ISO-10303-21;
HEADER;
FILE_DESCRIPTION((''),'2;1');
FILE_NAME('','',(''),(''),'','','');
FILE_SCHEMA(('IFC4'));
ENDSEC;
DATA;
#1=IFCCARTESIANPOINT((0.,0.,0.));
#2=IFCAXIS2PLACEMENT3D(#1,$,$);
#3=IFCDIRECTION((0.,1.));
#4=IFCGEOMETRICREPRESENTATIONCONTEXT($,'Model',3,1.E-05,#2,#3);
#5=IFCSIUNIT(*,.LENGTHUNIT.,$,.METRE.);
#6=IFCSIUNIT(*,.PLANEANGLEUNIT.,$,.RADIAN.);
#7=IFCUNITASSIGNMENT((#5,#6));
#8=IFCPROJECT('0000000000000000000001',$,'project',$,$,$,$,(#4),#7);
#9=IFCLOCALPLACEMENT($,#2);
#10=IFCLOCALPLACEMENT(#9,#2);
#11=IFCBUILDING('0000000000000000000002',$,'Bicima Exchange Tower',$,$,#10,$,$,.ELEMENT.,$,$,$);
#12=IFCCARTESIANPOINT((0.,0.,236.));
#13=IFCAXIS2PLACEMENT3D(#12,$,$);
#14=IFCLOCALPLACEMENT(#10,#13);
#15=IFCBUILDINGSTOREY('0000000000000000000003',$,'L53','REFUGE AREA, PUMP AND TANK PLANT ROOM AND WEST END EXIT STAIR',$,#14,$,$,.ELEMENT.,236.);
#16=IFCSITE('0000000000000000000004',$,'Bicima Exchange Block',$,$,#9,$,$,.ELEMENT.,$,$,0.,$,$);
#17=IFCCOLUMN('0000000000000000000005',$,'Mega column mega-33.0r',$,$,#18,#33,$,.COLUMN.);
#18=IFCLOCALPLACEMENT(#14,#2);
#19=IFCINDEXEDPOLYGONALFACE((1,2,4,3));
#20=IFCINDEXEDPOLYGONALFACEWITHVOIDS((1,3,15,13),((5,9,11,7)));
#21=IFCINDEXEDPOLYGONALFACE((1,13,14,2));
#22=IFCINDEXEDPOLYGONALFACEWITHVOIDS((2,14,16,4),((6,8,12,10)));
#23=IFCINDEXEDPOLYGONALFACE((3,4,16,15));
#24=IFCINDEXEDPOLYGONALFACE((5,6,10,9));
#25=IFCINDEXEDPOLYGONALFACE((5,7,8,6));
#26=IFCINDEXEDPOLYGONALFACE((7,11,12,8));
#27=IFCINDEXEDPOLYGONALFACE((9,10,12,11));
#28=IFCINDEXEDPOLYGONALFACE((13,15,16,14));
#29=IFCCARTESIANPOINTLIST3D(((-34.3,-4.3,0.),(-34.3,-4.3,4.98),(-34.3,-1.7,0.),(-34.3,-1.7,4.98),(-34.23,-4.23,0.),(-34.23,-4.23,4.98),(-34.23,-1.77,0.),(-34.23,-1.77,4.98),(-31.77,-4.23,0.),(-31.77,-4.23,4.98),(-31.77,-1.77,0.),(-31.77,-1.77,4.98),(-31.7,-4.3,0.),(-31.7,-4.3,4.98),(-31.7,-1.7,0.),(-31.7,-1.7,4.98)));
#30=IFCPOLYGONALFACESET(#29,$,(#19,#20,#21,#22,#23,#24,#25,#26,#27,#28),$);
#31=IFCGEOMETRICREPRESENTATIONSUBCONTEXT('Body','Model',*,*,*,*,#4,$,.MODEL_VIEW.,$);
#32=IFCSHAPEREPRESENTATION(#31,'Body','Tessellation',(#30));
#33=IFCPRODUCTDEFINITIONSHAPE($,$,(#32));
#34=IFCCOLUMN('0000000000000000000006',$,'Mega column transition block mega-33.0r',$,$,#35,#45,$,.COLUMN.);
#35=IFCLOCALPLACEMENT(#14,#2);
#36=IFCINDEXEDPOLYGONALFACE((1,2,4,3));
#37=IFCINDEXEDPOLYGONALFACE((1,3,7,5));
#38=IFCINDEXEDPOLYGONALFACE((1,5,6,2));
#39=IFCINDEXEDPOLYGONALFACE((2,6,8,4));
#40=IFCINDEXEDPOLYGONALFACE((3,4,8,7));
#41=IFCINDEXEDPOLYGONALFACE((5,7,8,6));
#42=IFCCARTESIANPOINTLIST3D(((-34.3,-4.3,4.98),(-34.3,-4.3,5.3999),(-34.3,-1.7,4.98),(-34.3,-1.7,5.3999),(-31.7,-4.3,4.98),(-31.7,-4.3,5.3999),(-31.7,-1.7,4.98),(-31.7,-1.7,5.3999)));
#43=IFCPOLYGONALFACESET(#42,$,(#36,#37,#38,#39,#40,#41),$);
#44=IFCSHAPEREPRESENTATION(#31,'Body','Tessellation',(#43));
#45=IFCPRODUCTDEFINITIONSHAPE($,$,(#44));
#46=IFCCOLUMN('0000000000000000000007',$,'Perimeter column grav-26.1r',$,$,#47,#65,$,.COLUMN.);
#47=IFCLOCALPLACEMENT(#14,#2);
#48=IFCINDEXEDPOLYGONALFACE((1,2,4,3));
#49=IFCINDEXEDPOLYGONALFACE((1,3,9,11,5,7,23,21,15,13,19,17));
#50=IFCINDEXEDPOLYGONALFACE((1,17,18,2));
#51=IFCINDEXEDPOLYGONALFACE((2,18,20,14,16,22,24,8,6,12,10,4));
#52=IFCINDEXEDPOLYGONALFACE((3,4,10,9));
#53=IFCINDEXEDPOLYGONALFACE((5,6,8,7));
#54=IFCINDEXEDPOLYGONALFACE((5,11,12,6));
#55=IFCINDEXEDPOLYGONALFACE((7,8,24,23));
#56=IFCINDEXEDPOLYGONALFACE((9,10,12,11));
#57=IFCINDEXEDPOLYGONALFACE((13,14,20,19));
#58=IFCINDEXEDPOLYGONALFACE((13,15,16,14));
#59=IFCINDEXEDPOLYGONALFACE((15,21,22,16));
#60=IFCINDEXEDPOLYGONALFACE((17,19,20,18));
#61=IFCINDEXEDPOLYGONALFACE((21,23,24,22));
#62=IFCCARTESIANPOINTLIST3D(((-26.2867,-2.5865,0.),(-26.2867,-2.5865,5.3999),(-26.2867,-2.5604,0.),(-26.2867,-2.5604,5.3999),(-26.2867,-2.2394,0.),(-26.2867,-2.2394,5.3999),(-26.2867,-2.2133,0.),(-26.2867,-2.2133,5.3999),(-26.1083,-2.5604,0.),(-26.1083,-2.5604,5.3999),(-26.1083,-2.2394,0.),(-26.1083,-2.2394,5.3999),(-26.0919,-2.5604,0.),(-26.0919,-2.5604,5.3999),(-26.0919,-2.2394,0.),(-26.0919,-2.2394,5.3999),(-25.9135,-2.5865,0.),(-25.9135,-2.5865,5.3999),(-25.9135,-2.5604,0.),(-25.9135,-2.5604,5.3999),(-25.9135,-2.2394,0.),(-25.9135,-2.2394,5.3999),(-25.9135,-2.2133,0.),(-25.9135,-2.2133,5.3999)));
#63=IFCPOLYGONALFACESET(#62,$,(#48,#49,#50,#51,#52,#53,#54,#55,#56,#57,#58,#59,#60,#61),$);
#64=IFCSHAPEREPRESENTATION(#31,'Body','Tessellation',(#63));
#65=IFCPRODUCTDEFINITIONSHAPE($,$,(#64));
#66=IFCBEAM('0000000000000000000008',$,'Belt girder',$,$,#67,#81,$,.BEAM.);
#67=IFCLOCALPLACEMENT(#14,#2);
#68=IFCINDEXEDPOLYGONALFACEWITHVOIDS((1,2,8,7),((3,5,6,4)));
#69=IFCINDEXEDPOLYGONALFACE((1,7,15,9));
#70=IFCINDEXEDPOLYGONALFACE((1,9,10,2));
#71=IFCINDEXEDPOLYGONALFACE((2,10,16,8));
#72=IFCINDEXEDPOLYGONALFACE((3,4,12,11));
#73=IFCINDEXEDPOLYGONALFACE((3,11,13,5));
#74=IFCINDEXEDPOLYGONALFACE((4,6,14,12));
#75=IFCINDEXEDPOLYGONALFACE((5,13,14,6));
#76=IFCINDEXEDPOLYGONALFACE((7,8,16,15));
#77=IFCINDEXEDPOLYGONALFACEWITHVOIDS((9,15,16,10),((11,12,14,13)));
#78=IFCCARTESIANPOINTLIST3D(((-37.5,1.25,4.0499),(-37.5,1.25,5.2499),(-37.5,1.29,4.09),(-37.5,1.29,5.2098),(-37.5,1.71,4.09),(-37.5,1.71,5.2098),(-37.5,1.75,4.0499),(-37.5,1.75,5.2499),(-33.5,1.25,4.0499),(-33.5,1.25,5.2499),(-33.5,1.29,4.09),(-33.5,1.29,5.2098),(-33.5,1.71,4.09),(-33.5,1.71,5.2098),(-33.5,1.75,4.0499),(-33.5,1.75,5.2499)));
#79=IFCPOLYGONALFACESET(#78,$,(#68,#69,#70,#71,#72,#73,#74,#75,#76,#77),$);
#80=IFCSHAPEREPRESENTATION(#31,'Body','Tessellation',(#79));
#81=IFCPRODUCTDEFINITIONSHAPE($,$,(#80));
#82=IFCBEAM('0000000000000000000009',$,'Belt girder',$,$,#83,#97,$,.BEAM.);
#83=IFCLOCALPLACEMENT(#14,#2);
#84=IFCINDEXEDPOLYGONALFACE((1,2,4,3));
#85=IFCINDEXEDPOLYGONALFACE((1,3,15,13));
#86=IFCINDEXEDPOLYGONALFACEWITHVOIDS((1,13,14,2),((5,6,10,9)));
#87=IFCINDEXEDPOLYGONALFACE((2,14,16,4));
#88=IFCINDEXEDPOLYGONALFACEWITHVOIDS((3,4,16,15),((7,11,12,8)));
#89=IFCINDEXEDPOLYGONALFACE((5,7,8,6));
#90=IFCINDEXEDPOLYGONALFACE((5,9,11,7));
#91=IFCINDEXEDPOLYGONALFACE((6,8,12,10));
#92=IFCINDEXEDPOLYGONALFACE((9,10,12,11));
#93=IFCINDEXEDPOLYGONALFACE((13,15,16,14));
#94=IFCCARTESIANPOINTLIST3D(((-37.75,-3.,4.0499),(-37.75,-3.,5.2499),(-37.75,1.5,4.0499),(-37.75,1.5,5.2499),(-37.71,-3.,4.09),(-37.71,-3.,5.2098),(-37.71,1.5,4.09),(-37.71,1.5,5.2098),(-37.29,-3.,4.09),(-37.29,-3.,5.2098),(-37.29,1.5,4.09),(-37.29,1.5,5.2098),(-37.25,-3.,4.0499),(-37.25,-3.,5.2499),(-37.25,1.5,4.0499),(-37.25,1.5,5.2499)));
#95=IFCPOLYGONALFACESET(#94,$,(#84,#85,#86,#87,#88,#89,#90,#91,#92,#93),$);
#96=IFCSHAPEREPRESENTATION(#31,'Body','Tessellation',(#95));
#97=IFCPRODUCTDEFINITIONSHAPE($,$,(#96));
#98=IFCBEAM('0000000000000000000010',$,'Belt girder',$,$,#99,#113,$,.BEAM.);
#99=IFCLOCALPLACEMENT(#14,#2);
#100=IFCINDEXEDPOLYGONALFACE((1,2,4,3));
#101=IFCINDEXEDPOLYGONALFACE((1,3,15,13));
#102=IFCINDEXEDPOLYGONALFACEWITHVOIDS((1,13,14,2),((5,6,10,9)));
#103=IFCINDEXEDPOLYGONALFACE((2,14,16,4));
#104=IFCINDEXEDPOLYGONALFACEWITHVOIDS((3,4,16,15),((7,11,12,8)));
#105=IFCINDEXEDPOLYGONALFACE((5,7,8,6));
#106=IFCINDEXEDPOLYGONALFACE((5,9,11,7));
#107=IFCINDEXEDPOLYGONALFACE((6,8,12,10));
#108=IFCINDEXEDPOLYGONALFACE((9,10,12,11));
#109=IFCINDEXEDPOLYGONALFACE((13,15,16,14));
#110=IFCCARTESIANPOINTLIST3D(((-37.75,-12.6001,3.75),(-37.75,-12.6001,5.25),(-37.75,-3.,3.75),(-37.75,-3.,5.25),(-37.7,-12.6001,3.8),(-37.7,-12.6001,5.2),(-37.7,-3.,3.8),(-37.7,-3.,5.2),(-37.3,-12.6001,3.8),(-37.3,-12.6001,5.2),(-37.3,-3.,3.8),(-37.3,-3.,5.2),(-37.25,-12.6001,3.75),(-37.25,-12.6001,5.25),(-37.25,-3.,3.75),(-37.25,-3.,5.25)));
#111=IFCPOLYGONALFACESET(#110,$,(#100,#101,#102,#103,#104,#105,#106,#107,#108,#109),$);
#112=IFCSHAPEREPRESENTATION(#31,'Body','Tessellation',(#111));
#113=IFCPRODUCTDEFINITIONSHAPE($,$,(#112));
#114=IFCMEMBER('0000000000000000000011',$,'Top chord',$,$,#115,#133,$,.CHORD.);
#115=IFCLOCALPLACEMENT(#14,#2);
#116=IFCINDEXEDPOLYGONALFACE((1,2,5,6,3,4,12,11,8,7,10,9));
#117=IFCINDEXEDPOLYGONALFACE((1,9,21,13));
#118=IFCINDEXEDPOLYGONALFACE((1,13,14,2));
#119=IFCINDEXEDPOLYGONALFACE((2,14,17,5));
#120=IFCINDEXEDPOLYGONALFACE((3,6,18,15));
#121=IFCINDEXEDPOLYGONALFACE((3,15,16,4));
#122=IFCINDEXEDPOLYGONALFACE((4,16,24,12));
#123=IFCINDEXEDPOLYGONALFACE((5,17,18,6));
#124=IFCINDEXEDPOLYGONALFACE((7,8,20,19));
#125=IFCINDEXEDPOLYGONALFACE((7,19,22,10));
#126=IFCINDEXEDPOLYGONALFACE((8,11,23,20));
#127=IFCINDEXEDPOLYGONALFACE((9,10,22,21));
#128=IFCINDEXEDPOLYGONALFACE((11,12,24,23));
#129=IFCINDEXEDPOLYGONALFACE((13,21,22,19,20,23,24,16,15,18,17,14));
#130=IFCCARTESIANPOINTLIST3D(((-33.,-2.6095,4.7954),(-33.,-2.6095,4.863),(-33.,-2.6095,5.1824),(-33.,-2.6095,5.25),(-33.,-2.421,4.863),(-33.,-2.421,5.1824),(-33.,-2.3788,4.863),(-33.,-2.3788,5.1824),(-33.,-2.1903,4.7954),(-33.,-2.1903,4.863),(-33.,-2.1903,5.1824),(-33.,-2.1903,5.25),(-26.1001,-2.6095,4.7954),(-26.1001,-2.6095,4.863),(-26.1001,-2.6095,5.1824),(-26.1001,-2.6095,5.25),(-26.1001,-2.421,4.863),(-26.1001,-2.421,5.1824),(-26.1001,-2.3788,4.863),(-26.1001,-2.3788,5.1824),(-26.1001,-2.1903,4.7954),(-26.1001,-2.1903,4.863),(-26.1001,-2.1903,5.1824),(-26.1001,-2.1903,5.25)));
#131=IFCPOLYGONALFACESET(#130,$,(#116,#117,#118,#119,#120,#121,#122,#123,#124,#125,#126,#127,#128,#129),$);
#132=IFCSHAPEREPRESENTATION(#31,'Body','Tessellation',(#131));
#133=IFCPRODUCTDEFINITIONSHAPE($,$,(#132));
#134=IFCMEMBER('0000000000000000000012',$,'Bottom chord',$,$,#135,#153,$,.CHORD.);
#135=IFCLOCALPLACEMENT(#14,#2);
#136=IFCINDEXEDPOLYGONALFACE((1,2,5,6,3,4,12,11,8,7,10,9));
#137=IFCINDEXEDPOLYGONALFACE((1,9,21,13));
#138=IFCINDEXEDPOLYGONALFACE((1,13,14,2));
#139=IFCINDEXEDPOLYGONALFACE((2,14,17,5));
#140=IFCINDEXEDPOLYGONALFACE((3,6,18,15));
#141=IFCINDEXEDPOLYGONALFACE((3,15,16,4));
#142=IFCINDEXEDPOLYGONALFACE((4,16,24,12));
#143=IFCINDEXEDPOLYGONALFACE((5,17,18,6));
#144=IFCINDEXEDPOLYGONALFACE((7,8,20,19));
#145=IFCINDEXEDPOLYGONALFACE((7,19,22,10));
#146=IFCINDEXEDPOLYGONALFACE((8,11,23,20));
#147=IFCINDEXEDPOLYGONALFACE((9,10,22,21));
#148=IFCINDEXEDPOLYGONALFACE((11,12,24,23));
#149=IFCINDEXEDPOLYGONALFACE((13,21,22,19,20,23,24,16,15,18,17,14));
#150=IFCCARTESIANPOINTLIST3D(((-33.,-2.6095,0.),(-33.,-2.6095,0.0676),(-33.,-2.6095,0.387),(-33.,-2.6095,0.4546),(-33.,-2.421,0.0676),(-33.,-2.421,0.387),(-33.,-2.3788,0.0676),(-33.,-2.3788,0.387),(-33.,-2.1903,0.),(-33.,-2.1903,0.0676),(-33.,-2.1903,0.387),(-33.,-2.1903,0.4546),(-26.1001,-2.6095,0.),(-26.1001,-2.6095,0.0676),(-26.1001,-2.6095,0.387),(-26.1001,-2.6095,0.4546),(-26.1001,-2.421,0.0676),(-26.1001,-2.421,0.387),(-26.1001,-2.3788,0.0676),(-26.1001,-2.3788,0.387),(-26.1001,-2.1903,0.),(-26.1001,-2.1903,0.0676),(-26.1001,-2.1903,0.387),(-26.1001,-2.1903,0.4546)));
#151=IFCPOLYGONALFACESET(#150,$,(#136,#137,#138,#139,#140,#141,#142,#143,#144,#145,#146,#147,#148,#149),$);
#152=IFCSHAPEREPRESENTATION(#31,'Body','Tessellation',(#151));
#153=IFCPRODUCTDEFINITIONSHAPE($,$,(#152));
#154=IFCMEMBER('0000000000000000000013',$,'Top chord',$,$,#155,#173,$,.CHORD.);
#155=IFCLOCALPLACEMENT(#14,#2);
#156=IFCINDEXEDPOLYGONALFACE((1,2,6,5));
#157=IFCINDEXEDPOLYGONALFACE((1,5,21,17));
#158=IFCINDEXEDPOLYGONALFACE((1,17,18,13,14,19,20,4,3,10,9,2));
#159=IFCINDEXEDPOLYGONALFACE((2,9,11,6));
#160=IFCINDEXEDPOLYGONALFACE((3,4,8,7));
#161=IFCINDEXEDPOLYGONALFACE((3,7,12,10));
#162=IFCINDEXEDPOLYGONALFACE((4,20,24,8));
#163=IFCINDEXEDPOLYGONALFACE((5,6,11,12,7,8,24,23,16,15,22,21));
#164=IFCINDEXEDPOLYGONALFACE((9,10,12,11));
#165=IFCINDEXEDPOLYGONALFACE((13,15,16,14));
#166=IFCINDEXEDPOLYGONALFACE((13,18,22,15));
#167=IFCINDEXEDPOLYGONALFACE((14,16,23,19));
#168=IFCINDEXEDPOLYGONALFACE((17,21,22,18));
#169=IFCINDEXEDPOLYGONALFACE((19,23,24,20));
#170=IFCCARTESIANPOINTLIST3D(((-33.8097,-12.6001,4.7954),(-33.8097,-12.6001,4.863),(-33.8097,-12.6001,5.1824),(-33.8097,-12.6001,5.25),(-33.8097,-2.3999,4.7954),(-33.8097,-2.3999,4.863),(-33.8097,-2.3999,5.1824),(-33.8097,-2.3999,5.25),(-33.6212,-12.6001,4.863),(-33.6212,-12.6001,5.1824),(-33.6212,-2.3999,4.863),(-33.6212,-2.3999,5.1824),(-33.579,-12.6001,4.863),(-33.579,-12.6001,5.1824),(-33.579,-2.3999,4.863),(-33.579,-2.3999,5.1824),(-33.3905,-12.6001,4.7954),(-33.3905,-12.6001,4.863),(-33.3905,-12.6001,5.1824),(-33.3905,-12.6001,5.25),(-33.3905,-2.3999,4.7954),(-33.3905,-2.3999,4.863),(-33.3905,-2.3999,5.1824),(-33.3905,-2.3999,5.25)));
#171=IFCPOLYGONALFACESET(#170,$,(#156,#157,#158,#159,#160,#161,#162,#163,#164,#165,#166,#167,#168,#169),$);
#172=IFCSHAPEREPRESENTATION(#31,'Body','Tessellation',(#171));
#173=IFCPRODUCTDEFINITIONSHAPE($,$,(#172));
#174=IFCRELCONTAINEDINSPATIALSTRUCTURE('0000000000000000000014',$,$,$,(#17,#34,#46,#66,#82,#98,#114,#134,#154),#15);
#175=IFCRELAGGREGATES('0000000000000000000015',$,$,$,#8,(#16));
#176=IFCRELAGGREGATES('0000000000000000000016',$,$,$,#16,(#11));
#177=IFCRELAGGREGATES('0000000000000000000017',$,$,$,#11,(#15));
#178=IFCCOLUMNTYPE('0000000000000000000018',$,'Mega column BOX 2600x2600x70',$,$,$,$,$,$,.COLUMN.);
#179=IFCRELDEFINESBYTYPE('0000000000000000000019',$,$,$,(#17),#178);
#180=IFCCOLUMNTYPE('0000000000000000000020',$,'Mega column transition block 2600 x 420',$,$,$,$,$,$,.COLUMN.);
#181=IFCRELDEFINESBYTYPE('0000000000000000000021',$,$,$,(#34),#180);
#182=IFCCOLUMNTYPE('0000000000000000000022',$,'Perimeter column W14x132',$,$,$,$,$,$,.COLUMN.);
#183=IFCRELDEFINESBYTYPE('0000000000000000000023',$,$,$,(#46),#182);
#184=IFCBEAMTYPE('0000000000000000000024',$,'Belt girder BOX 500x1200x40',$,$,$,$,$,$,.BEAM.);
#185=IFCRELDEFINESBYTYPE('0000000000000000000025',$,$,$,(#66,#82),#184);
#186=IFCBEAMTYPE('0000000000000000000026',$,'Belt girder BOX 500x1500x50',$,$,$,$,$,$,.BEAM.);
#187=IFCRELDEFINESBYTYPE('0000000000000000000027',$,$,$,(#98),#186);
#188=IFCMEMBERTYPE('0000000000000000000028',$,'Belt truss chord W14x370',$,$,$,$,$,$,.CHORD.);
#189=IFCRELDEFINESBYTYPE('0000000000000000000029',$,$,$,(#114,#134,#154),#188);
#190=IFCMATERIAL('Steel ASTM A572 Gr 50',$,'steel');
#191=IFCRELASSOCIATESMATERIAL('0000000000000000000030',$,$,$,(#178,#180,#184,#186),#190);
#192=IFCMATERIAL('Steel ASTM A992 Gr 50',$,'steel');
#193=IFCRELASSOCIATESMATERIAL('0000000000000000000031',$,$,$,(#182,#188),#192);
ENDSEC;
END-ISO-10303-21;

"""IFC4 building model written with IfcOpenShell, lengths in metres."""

from ifc_helpers import new_model, si_unit, direction, frame, origin, origin_2d, place, context, subcontext, project, spatial, rectangle, hollow_rectangle, i_section, extrude, material, material_profile, profile_set, type_object, element, save


model = new_model("IFC4")

# Units and contexts
model_context = context("Model", 3, precision=1e-05, world=origin(), true_north=direction((0.0, 1.0)))
body_context = subcontext(model_context, "Body", "Model", "MODEL_VIEW")
ifc_project = project(units=[si_unit("LENGTHUNIT", "METRE"), si_unit("PLANEANGLEUNIT", "RADIAN")], contexts=[model_context])

# Site, building, storey
site_placement = place(None, origin())
site = spatial("IfcSite", under=ifc_project, at=site_placement, Name="Bicima Exchange Block", CompositionType="ELEMENT", RefElevation=0.0)
building_placement = place(site_placement, origin())
building = spatial("IfcBuilding", under=site, at=building_placement, Name="Bicima Exchange Tower", CompositionType="ELEMENT")
storey_placement = place(building_placement, frame((0.0, 0.0, 236.0)))
storey = spatial("IfcBuildingStorey", under=building, at=storey_placement, Name="L53", Description="REFUGE AREA, PUMP AND TANK PLANT ROOM AND WEST END EXIT STAIR", CompositionType="ELEMENT", Elevation=236.0)

# Columns
ifc_material_1 = material(Name="Steel ASTM A572 Gr 50", Category="steel")
ifc_material_profile_1 = material_profile(ifc_material_1, hollow_rectangle(XDim=2.6001, YDim=2.6001, WallThickness=0.0701, at=origin_2d()))
ifc_profile_set_1 = profile_set([ifc_material_profile_1], Name="Steel ASTM A572 Gr 50")
column_type_1 = type_object("IfcColumnType", Name="Mega column BOX 2600x2600x70", PredefinedType="COLUMN", material=ifc_profile_set_1)
column_1_placement = place(storey_placement, frame((-33.0, -3.0, 0.0), z_axis=(0.0, 0.0, 1.0), x_axis=(1.0, 0.0, 0.0)))
element("IfcColumn", 1, at=column_1_placement, inside=storey, type_object=column_type_1, Name="Mega column mega-33.0r", PredefinedType="COLUMN", context=body_context, shape_type="SweptSolid", body=[
    extrude(hollow_rectangle(XDim=2.6001, YDim=2.6001, WallThickness=0.0701, at=origin_2d()), origin(), (0.0, 0.0, 1.0), 4.98),
])
ifc_material_profile_2 = material_profile(ifc_material_1, rectangle(XDim=2.6001, YDim=2.6001, at=origin_2d()))
ifc_profile_set_2 = profile_set([ifc_material_profile_2], Name="Steel ASTM A572 Gr 50")
column_type_2 = type_object("IfcColumnType", Name="Mega column transition block 2600 x 420", PredefinedType="COLUMN", material=ifc_profile_set_2)
column_2_placement = place(storey_placement, frame((-33.0, -3.0, 4.98), z_axis=(0.0, 0.0, 1.0), x_axis=(1.0, 0.0, 0.0)))
element("IfcColumn", 2, at=column_2_placement, inside=storey, type_object=column_type_2, Name="Mega column transition block mega-33.0r", PredefinedType="COLUMN", context=body_context, shape_type="SweptSolid", body=[
    extrude(rectangle(XDim=2.6001, YDim=2.6001, at=origin_2d()), origin(), (0.0, 0.0, 1.0), 0.4199),
])
ifc_material_2 = material(Name="Steel ASTM A992 Gr 50", Category="steel")
ifc_material_profile_3 = material_profile(ifc_material_2, i_section(OverallWidth=0.3733, OverallDepth=0.3733, WebThickness=0.0164, FlangeThickness=0.0261, at=origin_2d()))
ifc_profile_set_3 = profile_set([ifc_material_profile_3], Name="Steel ASTM A992 Gr 50")
column_type_3 = type_object("IfcColumnType", Name="Perimeter column W14x132", PredefinedType="COLUMN", material=ifc_profile_set_3)
column_3_placement = place(storey_placement, frame((-26.1001, -2.3999, 0.0), z_axis=(0.0, 0.0, 1.0), x_axis=(1.0, 0.0, 0.0)))
element("IfcColumn", 3, at=column_3_placement, inside=storey, type_object=column_type_3, Name="Perimeter column grav-26.1r", PredefinedType="COLUMN", context=body_context, shape_type="SweptSolid", body=[
    extrude(i_section(OverallWidth=0.3733, OverallDepth=0.3733, WebThickness=0.0164, FlangeThickness=0.0261, at=origin_2d()), origin(), (0.0, 0.0, 1.0), 5.3999),
])

# Beams
ifc_material_profile_4 = material_profile(ifc_material_1, hollow_rectangle(XDim=0.5, YDim=1.2, WallThickness=0.04, at=origin_2d()))
ifc_profile_set_4 = profile_set([ifc_material_profile_4], Name="Steel ASTM A572 Gr 50")
beam_type_1 = type_object("IfcBeamType", Name="Belt girder BOX 500x1200x40", PredefinedType="BEAM", material=ifc_profile_set_4)
beam_1_placement = place(storey_placement, frame((-33.5, 1.5, 4.6499), z_axis=(-1.0, 0.0, 0.0), x_axis=(0.0, -1.0, 0.0)))
element("IfcBeam", 4, at=beam_1_placement, inside=storey, type_object=beam_type_1, Name="Belt girder", PredefinedType="BEAM", context=body_context, shape_type="SweptSolid", body=[
    extrude(hollow_rectangle(XDim=0.5, YDim=1.2, WallThickness=0.04, at=origin_2d()), origin(), (0.0, 0.0, 1.0), 4.0),
])
beam_2_placement = place(storey_placement, frame((-37.5, 1.5, 4.6499), z_axis=(0.0, -1.0, 0.0), x_axis=(1.0, 0.0, 0.0)))
element("IfcBeam", 5, at=beam_2_placement, inside=storey, type_object=beam_type_1, Name="Belt girder", PredefinedType="BEAM", context=body_context, shape_type="SweptSolid", body=[
    extrude(hollow_rectangle(XDim=0.5, YDim=1.2, WallThickness=0.04, at=origin_2d()), origin(), (0.0, 0.0, 1.0), 4.5),
])
ifc_material_profile_5 = material_profile(ifc_material_1, hollow_rectangle(XDim=0.5, YDim=1.5, WallThickness=0.05, at=origin_2d()))
ifc_profile_set_5 = profile_set([ifc_material_profile_5], Name="Steel ASTM A572 Gr 50")
beam_type_2 = type_object("IfcBeamType", Name="Belt girder BOX 500x1500x50", PredefinedType="BEAM", material=ifc_profile_set_5)
beam_3_placement = place(storey_placement, frame((-37.5, -3.0, 4.5), z_axis=(0.0, -1.0, 0.0), x_axis=(1.0, 0.0, 0.0)))
element("IfcBeam", 6, at=beam_3_placement, inside=storey, type_object=beam_type_2, Name="Belt girder", PredefinedType="BEAM", context=body_context, shape_type="SweptSolid", body=[
    extrude(hollow_rectangle(XDim=0.5, YDim=1.5, WallThickness=0.05, at=origin_2d()), origin(), (0.0, 0.0, 1.0), 9.6001),
])

# Members
ifc_material_profile_6 = material_profile(ifc_material_2, i_section(OverallWidth=0.4192, OverallDepth=0.4546, WebThickness=0.0422, FlangeThickness=0.0676, at=origin_2d()))
ifc_profile_set_6 = profile_set([ifc_material_profile_6], Name="Steel ASTM A992 Gr 50")
member_type_1 = type_object("IfcMemberType", Name="Belt truss chord W14x370", PredefinedType="CHORD", material=ifc_profile_set_6)
for number, where, z_axis, x_axis, name in (
    (7, (-26.1001, -2.3999, 5.0227), (-1.0, 0.0, 0.0), (0.0, -1.0, 0.0), "Top chord"),
    (8, (-26.1001, -2.3999, 0.2273), (-1.0, 0.0, 0.0), (0.0, -1.0, 0.0), "Bottom chord"),
):
    element("IfcMember", number, at=place(storey_placement, frame(where, z_axis=z_axis, x_axis=x_axis)), inside=storey, type_object=member_type_1, Name=name, PredefinedType="CHORD", context=body_context, shape_type="SweptSolid", body=[
        extrude(i_section(OverallWidth=0.4192, OverallDepth=0.4546, WebThickness=0.0422, FlangeThickness=0.0676, at=origin_2d()), origin(), (0.0, 0.0, 1.0), 6.8999),
    ])
for number, where, z_axis, x_axis, name in (
    (9, (-33.6001, -2.3999, 5.0227), (0.0, -1.0, 0.0), (1.0, 0.0, 0.0), "Top chord"),
):
    element("IfcMember", number, at=place(storey_placement, frame(where, z_axis=z_axis, x_axis=x_axis)), inside=storey, type_object=member_type_1, Name=name, PredefinedType="CHORD", context=body_context, shape_type="SweptSolid", body=[
        extrude(i_section(OverallWidth=0.4192, OverallDepth=0.4546, WebThickness=0.0422, FlangeThickness=0.0676, at=origin_2d()), origin(), (0.0, 0.0, 1.0), 10.2002),
    ])

save(model, "model.ifc")
